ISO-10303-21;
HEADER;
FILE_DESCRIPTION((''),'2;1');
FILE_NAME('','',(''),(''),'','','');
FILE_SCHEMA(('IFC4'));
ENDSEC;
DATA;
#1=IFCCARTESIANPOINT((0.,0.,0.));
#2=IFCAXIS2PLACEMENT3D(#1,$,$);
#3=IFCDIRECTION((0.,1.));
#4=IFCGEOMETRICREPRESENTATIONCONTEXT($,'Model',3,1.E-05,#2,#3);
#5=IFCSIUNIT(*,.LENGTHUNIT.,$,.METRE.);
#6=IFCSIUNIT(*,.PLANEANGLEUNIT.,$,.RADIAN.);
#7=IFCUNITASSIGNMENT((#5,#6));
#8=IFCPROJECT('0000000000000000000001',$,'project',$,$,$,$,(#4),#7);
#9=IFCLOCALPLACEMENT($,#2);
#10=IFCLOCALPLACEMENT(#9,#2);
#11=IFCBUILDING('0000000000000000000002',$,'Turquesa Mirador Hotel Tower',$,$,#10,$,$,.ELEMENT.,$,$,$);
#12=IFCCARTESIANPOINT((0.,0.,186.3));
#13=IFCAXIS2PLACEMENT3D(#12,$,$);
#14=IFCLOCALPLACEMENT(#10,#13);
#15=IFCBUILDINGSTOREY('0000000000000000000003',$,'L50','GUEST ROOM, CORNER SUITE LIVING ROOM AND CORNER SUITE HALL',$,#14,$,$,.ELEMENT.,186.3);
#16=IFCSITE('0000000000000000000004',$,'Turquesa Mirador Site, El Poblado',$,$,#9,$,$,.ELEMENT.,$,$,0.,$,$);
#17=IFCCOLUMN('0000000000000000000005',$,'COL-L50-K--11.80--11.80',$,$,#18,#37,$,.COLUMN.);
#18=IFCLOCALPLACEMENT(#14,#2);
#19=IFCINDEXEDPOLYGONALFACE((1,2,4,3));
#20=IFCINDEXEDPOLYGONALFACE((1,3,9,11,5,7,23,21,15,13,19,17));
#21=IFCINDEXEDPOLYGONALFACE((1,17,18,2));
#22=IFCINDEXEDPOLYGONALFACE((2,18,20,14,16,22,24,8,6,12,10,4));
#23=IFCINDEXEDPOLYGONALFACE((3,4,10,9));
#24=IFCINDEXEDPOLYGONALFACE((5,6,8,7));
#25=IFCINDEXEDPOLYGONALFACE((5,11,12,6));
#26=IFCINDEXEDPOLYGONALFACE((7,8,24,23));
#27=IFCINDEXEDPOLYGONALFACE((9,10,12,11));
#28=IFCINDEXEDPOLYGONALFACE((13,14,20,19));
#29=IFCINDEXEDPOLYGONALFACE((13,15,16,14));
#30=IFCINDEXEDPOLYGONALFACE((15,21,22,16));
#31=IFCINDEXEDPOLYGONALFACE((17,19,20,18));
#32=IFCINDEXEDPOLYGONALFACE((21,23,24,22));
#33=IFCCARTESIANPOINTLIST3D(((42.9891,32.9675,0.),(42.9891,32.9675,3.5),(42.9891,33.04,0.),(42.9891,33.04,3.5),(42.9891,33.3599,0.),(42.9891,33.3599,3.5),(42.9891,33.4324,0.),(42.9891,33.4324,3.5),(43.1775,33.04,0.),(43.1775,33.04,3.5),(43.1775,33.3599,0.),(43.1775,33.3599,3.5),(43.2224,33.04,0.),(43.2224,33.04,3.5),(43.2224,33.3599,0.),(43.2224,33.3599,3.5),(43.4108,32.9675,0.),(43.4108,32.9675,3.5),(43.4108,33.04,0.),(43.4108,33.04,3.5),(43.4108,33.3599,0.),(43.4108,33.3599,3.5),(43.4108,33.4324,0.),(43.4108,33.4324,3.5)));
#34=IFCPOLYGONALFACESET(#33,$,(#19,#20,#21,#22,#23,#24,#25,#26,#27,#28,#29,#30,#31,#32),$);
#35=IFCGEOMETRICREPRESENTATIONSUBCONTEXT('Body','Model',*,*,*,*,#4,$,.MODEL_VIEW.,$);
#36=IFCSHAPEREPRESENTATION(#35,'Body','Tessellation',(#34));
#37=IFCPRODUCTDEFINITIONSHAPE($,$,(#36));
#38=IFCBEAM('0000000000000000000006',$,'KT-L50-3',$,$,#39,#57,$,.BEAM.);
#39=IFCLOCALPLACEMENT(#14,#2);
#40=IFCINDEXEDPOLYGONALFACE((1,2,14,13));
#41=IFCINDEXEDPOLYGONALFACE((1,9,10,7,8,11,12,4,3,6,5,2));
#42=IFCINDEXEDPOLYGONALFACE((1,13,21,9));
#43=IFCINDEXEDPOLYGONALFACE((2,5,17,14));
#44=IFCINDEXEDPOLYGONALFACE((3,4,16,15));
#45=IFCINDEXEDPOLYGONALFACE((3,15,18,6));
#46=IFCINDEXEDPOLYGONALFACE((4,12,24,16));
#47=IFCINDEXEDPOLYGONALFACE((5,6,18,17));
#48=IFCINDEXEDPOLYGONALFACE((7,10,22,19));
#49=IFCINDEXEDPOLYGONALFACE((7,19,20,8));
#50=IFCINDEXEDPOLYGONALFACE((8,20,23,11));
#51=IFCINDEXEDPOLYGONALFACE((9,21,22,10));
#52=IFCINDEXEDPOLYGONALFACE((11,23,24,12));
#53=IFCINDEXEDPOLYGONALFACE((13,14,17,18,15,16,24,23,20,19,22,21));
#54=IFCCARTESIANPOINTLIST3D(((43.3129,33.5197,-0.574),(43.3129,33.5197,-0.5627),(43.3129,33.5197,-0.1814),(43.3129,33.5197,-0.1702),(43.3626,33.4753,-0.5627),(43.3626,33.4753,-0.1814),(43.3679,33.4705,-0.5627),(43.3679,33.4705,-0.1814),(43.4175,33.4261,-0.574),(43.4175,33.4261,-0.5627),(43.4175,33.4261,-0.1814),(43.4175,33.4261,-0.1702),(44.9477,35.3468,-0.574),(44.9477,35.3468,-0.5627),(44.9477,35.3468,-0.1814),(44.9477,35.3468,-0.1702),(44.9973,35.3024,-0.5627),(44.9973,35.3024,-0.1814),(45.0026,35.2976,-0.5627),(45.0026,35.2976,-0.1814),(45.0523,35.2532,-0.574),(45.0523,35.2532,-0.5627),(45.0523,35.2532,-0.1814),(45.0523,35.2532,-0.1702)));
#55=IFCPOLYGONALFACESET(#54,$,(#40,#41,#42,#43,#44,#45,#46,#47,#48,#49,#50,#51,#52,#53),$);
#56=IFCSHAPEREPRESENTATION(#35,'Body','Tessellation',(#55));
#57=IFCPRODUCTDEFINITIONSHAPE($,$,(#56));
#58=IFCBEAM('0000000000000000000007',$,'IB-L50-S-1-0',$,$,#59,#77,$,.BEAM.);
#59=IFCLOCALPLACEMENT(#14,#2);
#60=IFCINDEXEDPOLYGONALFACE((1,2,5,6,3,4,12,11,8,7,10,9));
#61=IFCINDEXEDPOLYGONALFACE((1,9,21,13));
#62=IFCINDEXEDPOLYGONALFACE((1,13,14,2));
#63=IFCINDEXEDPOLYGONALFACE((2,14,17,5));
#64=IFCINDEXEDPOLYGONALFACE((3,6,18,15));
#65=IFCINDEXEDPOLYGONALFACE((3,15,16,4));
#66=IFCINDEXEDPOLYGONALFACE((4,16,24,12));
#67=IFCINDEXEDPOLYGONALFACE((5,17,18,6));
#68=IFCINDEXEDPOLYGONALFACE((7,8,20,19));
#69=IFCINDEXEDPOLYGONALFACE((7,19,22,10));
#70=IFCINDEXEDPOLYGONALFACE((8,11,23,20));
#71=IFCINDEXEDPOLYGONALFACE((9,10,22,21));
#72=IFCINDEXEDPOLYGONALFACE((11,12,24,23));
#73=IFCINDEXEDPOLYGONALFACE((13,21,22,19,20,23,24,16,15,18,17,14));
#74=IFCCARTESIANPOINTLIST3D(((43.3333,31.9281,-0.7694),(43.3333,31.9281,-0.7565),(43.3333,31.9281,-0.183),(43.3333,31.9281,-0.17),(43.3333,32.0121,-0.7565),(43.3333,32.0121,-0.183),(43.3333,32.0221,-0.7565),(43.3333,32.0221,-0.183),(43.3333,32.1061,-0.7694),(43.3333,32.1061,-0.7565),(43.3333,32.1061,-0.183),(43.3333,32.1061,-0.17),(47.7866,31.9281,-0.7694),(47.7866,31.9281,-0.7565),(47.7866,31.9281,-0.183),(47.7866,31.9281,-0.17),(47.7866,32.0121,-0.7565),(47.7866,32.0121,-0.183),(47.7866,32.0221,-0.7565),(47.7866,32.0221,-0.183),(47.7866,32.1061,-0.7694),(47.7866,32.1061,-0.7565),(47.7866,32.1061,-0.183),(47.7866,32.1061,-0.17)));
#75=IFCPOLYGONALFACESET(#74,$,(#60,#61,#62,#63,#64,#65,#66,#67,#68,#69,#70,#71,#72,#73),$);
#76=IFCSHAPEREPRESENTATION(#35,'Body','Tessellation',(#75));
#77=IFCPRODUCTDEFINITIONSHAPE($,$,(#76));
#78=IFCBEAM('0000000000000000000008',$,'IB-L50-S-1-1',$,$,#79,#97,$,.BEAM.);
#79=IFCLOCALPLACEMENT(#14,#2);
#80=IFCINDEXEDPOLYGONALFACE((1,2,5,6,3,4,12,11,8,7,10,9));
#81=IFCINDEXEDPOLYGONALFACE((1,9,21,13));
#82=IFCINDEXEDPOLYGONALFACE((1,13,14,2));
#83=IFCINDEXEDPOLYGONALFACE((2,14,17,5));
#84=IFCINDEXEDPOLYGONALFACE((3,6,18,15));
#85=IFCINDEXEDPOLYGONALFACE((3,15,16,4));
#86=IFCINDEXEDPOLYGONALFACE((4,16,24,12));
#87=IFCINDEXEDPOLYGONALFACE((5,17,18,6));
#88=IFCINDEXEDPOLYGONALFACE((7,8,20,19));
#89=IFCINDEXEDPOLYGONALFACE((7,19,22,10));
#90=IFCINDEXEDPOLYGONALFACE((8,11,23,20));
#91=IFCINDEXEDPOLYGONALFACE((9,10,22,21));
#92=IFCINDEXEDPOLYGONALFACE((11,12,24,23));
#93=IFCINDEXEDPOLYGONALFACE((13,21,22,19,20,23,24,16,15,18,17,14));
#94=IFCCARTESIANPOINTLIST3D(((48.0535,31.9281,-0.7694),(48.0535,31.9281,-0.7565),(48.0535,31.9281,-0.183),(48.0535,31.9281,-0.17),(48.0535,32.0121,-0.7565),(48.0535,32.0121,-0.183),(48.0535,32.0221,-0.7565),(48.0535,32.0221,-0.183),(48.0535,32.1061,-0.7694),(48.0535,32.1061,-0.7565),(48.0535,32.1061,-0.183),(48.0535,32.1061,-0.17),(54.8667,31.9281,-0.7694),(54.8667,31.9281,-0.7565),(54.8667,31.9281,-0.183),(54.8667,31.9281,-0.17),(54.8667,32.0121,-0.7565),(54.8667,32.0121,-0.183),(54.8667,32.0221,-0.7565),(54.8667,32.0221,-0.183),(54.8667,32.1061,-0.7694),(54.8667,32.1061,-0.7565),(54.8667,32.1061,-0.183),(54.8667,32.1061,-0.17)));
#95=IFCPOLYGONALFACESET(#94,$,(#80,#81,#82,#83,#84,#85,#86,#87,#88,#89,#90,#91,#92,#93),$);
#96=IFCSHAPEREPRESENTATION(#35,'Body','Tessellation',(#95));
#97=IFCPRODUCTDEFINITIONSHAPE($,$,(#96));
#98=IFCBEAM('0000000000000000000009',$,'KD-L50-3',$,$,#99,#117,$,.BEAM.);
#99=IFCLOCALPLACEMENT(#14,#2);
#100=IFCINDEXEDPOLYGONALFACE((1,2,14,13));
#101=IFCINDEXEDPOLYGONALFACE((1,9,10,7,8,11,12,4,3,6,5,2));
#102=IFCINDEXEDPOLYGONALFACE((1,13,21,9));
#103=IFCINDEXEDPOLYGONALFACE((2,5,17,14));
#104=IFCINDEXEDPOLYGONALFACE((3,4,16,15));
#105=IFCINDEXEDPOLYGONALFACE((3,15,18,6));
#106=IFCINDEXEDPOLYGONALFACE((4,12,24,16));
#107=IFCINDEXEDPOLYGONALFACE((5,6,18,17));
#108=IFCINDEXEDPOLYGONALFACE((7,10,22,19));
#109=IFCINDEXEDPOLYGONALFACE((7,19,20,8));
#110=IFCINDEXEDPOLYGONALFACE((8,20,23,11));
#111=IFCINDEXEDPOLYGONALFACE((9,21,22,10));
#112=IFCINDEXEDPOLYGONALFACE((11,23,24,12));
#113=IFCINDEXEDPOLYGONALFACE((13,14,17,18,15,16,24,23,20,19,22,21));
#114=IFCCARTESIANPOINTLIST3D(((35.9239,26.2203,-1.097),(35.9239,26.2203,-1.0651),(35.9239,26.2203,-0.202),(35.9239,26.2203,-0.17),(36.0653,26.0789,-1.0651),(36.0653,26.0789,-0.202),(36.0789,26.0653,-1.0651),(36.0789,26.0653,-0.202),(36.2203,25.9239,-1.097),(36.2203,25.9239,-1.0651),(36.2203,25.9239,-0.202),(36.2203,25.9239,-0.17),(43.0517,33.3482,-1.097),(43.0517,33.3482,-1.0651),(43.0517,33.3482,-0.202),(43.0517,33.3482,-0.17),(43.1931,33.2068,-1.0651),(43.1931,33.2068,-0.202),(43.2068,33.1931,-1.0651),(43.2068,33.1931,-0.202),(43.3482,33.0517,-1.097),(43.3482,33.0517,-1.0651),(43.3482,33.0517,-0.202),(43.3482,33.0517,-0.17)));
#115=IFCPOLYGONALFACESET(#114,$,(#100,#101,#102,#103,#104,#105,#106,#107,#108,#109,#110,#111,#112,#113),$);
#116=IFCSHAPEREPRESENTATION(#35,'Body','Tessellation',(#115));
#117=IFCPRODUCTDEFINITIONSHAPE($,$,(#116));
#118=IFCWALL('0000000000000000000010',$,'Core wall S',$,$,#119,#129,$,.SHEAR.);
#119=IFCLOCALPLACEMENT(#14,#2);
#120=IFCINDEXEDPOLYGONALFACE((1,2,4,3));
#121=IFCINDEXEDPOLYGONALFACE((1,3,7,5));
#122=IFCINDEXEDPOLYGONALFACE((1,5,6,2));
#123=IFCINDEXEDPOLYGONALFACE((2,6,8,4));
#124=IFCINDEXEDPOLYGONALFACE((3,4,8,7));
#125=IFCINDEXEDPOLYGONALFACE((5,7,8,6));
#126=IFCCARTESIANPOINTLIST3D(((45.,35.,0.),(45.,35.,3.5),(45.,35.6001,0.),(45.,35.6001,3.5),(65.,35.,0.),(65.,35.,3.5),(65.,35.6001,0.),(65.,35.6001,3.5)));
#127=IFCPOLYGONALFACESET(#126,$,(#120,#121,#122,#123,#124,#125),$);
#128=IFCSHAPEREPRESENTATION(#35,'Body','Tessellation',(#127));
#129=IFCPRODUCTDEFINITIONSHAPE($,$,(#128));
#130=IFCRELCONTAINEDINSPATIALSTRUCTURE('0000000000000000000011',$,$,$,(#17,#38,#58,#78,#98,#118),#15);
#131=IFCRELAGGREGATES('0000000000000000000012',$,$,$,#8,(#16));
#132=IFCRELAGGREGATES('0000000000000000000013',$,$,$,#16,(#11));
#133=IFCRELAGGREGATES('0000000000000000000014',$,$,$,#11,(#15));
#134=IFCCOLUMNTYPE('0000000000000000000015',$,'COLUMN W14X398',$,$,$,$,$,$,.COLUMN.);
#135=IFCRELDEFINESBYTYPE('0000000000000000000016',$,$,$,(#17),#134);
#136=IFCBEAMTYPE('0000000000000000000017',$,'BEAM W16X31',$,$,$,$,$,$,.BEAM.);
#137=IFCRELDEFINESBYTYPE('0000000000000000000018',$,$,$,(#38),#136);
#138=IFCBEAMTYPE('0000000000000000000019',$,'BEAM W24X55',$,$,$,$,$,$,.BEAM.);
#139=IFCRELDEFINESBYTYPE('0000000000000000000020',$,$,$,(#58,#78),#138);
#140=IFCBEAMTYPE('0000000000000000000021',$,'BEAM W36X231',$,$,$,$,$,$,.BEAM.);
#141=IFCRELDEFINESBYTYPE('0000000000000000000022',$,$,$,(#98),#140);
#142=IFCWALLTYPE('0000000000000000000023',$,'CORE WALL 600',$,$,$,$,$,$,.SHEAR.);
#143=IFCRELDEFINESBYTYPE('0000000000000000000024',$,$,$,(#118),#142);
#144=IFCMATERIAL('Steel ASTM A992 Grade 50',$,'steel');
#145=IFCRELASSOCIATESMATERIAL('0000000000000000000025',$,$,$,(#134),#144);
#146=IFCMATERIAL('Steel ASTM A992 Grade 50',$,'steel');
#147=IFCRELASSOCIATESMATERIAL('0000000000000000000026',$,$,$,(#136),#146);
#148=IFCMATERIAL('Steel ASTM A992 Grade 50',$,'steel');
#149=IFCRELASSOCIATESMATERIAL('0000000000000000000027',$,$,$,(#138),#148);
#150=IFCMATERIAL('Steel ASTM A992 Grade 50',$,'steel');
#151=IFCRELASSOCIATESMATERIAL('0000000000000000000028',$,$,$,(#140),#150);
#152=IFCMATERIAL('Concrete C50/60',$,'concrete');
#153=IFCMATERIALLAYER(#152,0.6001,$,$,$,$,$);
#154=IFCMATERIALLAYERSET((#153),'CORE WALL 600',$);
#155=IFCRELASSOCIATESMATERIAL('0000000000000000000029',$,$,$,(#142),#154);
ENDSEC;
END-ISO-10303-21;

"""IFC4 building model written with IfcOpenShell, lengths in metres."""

from ifc_helpers import new_model, si_unit, direction, frame, frame_2d, origin, origin_2d, place, context, subcontext, project, spatial, rectangle, i_section, extrude, material, layer, layer_set, material_profile, profile_set, type_object, element, save


model = new_model("IFC4")

# Units and contexts
model_context = context("Model", 3, precision=1e-05, world=origin(), true_north=direction((0.0, 1.0)))
body_context = subcontext(model_context, "Body", "Model", "MODEL_VIEW")
ifc_project = project(units=[si_unit("LENGTHUNIT", "METRE"), si_unit("PLANEANGLEUNIT", "RADIAN")], contexts=[model_context])

# Site, building, storey
site_placement = place(None, origin())
site = spatial("IfcSite", under=ifc_project, at=site_placement, Name="Turquesa Mirador Site, El Poblado", CompositionType="ELEMENT", RefElevation=0.0)
building_placement = place(site_placement, origin())
building = spatial("IfcBuilding", under=site, at=building_placement, Name="Turquesa Mirador Hotel Tower", CompositionType="ELEMENT")
storey_placement = place(building_placement, frame((0.0, 0.0, 186.3)))
storey = spatial("IfcBuildingStorey", under=building, at=storey_placement, Name="L50", Description="GUEST ROOM, CORNER SUITE LIVING ROOM AND CORNER SUITE HALL", CompositionType="ELEMENT", Elevation=186.3)

# Column
ifc_material_1 = material(Name="Steel ASTM A992 Grade 50", Category="steel")
ifc_material_profile_1 = material_profile(ifc_material_1, i_section(OverallWidth=0.4216, OverallDepth=0.4648, WebThickness=0.0449, FlangeThickness=0.0725, at=origin_2d()), Name="W14X398")
ifc_profile_set_1 = profile_set([ifc_material_profile_1], Name="Steel ASTM A992 Grade 50")
column_type = type_object("IfcColumnType", Name="COLUMN W14X398", PredefinedType="COLUMN", material=ifc_profile_set_1)
column_placement = place(storey_placement, frame((43.2, 33.2, 0.0), z_axis=(0.0, 0.0, 1.0), x_axis=(1.0, 0.0, 0.0)))
element("IfcColumn", 1, at=column_placement, inside=storey, type_object=column_type, Name="COL-L50-K--11.80--11.80", PredefinedType="COLUMN", context=body_context, shape_type="SweptSolid", body=[
    extrude(i_section(OverallWidth=0.4216, OverallDepth=0.4648, WebThickness=0.0449, FlangeThickness=0.0725, at=origin_2d()), origin(), (0.0, 0.0, 1.0), 3.5),
])

# Beams
ifc_material_2 = material(Name="Steel ASTM A992 Grade 50", Category="steel")
ifc_material_profile_2 = material_profile(ifc_material_2, i_section(OverallWidth=0.1404, OverallDepth=0.4038, WebThickness=0.0071, FlangeThickness=0.0112, at=origin_2d()), Name="W16X31")
ifc_profile_set_2 = profile_set([ifc_material_profile_2], Name="Steel ASTM A992 Grade 50")
beam_type_1 = type_object("IfcBeamType", Name="BEAM W16X31", PredefinedType="BEAM", material=ifc_profile_set_2)
beam_1_placement = place(storey_placement, frame((43.3652, 33.4729, -0.3721), z_axis=(0.666783, 0.745252, 0.0), x_axis=(-0.745252, 0.666783, 0.0)))
element("IfcBeam", 2, at=beam_1_placement, inside=storey, type_object=beam_type_1, Name="KT-L50-3", PredefinedType="BEAM", context=body_context, shape_type="SweptSolid", body=[
    extrude(i_section(OverallWidth=0.1404, OverallDepth=0.4038, WebThickness=0.0071, FlangeThickness=0.0112, at=origin_2d()), origin(), (0.0, 0.0, 1.0), 2.4517),
])
ifc_material_3 = material(Name="Steel ASTM A992 Grade 50", Category="steel")
ifc_material_profile_3 = material_profile(ifc_material_3, i_section(OverallWidth=0.178, OverallDepth=0.5994, WebThickness=0.01, FlangeThickness=0.0129, at=origin_2d()), Name="W24X55")
ifc_profile_set_3 = profile_set([ifc_material_profile_3], Name="Steel ASTM A992 Grade 50")
beam_type_2 = type_object("IfcBeamType", Name="BEAM W24X55", PredefinedType="BEAM", material=ifc_profile_set_3)
beam_2_placement = place(storey_placement, frame((43.3333, 32.0171, -0.4697), z_axis=(1.0, 0.0, 0.0), x_axis=(0.0, 1.0, 0.0)))
element("IfcBeam", 3, at=beam_2_placement, inside=storey, type_object=beam_type_2, Name="IB-L50-S-1-0", PredefinedType="BEAM", context=body_context, shape_type="SweptSolid", body=[
    extrude(i_section(OverallWidth=0.178, OverallDepth=0.5994, WebThickness=0.01, FlangeThickness=0.0129, at=origin_2d()), origin(), (0.0, 0.0, 1.0), 4.4534),
])
beam_3_placement = place(storey_placement, frame((48.0535, 32.0171, -0.4697), z_axis=(1.0, 0.0, 0.0), x_axis=(0.0, 1.0, 0.0)))
element("IfcBeam", 4, at=beam_3_placement, inside=storey, type_object=beam_type_2, Name="IB-L50-S-1-1", PredefinedType="BEAM", context=body_context, shape_type="SweptSolid", body=[
    extrude(i_section(OverallWidth=0.178, OverallDepth=0.5994, WebThickness=0.01, FlangeThickness=0.0129, at=origin_2d()), origin(), (0.0, 0.0, 1.0), 6.8132),
])
ifc_material_4 = material(Name="Steel ASTM A992 Grade 50", Category="steel")
ifc_material_profile_4 = material_profile(ifc_material_4, i_section(OverallWidth=0.4192, OverallDepth=0.927, WebThickness=0.0193, FlangeThickness=0.032, at=origin_2d()), Name="W36X231")
ifc_profile_set_4 = profile_set([ifc_material_profile_4], Name="Steel ASTM A992 Grade 50")
beam_type_3 = type_object("IfcBeamType", Name="BEAM W36X231", PredefinedType="BEAM", material=ifc_profile_set_4)
beam_4_placement = place(storey_placement, frame((43.2, 33.2, -0.6335), z_axis=(-0.707107, -0.707107, 0.0), x_axis=(0.707107, -0.707107, 0.0)))
element("IfcBeam", 5, at=beam_4_placement, inside=storey, type_object=beam_type_3, Name="KD-L50-3", PredefinedType="BEAM", context=body_context, shape_type="SweptSolid", body=[
    extrude(i_section(OverallWidth=0.4192, OverallDepth=0.927, WebThickness=0.0193, FlangeThickness=0.032, at=origin_2d()), origin(), (0.0, 0.0, 1.0), 10.0803),
])

# Wall
ifc_material_5 = material(Name="Concrete C50/60", Category="concrete")
ifc_layer_1 = layer(ifc_material_5, 0.6001)
ifc_layer_set_1 = layer_set([ifc_layer_1], Name="CORE WALL 600")
wall_type_1 = type_object("IfcWallType", Name="CORE WALL 600", PredefinedType="SHEAR", material=ifc_layer_set_1)
wall_1_placement = place(storey_placement, frame((45.0, 35.3, 0.0), z_axis=(0.0, 0.0, 1.0), x_axis=(1.0, 0.0, 0.0)))
element("IfcWall", 6, at=wall_1_placement, inside=storey, type_object=wall_type_1, Name="Core wall S", PredefinedType="SHEAR", context=body_context, shape_type="SweptSolid", body=[
    extrude(rectangle(XDim=20.0, YDim=0.6001, at=frame_2d((10.0, 0.0))), origin(), (0.0, 0.0, 1.0), 3.5),
])

save(model, "model.ifc")
